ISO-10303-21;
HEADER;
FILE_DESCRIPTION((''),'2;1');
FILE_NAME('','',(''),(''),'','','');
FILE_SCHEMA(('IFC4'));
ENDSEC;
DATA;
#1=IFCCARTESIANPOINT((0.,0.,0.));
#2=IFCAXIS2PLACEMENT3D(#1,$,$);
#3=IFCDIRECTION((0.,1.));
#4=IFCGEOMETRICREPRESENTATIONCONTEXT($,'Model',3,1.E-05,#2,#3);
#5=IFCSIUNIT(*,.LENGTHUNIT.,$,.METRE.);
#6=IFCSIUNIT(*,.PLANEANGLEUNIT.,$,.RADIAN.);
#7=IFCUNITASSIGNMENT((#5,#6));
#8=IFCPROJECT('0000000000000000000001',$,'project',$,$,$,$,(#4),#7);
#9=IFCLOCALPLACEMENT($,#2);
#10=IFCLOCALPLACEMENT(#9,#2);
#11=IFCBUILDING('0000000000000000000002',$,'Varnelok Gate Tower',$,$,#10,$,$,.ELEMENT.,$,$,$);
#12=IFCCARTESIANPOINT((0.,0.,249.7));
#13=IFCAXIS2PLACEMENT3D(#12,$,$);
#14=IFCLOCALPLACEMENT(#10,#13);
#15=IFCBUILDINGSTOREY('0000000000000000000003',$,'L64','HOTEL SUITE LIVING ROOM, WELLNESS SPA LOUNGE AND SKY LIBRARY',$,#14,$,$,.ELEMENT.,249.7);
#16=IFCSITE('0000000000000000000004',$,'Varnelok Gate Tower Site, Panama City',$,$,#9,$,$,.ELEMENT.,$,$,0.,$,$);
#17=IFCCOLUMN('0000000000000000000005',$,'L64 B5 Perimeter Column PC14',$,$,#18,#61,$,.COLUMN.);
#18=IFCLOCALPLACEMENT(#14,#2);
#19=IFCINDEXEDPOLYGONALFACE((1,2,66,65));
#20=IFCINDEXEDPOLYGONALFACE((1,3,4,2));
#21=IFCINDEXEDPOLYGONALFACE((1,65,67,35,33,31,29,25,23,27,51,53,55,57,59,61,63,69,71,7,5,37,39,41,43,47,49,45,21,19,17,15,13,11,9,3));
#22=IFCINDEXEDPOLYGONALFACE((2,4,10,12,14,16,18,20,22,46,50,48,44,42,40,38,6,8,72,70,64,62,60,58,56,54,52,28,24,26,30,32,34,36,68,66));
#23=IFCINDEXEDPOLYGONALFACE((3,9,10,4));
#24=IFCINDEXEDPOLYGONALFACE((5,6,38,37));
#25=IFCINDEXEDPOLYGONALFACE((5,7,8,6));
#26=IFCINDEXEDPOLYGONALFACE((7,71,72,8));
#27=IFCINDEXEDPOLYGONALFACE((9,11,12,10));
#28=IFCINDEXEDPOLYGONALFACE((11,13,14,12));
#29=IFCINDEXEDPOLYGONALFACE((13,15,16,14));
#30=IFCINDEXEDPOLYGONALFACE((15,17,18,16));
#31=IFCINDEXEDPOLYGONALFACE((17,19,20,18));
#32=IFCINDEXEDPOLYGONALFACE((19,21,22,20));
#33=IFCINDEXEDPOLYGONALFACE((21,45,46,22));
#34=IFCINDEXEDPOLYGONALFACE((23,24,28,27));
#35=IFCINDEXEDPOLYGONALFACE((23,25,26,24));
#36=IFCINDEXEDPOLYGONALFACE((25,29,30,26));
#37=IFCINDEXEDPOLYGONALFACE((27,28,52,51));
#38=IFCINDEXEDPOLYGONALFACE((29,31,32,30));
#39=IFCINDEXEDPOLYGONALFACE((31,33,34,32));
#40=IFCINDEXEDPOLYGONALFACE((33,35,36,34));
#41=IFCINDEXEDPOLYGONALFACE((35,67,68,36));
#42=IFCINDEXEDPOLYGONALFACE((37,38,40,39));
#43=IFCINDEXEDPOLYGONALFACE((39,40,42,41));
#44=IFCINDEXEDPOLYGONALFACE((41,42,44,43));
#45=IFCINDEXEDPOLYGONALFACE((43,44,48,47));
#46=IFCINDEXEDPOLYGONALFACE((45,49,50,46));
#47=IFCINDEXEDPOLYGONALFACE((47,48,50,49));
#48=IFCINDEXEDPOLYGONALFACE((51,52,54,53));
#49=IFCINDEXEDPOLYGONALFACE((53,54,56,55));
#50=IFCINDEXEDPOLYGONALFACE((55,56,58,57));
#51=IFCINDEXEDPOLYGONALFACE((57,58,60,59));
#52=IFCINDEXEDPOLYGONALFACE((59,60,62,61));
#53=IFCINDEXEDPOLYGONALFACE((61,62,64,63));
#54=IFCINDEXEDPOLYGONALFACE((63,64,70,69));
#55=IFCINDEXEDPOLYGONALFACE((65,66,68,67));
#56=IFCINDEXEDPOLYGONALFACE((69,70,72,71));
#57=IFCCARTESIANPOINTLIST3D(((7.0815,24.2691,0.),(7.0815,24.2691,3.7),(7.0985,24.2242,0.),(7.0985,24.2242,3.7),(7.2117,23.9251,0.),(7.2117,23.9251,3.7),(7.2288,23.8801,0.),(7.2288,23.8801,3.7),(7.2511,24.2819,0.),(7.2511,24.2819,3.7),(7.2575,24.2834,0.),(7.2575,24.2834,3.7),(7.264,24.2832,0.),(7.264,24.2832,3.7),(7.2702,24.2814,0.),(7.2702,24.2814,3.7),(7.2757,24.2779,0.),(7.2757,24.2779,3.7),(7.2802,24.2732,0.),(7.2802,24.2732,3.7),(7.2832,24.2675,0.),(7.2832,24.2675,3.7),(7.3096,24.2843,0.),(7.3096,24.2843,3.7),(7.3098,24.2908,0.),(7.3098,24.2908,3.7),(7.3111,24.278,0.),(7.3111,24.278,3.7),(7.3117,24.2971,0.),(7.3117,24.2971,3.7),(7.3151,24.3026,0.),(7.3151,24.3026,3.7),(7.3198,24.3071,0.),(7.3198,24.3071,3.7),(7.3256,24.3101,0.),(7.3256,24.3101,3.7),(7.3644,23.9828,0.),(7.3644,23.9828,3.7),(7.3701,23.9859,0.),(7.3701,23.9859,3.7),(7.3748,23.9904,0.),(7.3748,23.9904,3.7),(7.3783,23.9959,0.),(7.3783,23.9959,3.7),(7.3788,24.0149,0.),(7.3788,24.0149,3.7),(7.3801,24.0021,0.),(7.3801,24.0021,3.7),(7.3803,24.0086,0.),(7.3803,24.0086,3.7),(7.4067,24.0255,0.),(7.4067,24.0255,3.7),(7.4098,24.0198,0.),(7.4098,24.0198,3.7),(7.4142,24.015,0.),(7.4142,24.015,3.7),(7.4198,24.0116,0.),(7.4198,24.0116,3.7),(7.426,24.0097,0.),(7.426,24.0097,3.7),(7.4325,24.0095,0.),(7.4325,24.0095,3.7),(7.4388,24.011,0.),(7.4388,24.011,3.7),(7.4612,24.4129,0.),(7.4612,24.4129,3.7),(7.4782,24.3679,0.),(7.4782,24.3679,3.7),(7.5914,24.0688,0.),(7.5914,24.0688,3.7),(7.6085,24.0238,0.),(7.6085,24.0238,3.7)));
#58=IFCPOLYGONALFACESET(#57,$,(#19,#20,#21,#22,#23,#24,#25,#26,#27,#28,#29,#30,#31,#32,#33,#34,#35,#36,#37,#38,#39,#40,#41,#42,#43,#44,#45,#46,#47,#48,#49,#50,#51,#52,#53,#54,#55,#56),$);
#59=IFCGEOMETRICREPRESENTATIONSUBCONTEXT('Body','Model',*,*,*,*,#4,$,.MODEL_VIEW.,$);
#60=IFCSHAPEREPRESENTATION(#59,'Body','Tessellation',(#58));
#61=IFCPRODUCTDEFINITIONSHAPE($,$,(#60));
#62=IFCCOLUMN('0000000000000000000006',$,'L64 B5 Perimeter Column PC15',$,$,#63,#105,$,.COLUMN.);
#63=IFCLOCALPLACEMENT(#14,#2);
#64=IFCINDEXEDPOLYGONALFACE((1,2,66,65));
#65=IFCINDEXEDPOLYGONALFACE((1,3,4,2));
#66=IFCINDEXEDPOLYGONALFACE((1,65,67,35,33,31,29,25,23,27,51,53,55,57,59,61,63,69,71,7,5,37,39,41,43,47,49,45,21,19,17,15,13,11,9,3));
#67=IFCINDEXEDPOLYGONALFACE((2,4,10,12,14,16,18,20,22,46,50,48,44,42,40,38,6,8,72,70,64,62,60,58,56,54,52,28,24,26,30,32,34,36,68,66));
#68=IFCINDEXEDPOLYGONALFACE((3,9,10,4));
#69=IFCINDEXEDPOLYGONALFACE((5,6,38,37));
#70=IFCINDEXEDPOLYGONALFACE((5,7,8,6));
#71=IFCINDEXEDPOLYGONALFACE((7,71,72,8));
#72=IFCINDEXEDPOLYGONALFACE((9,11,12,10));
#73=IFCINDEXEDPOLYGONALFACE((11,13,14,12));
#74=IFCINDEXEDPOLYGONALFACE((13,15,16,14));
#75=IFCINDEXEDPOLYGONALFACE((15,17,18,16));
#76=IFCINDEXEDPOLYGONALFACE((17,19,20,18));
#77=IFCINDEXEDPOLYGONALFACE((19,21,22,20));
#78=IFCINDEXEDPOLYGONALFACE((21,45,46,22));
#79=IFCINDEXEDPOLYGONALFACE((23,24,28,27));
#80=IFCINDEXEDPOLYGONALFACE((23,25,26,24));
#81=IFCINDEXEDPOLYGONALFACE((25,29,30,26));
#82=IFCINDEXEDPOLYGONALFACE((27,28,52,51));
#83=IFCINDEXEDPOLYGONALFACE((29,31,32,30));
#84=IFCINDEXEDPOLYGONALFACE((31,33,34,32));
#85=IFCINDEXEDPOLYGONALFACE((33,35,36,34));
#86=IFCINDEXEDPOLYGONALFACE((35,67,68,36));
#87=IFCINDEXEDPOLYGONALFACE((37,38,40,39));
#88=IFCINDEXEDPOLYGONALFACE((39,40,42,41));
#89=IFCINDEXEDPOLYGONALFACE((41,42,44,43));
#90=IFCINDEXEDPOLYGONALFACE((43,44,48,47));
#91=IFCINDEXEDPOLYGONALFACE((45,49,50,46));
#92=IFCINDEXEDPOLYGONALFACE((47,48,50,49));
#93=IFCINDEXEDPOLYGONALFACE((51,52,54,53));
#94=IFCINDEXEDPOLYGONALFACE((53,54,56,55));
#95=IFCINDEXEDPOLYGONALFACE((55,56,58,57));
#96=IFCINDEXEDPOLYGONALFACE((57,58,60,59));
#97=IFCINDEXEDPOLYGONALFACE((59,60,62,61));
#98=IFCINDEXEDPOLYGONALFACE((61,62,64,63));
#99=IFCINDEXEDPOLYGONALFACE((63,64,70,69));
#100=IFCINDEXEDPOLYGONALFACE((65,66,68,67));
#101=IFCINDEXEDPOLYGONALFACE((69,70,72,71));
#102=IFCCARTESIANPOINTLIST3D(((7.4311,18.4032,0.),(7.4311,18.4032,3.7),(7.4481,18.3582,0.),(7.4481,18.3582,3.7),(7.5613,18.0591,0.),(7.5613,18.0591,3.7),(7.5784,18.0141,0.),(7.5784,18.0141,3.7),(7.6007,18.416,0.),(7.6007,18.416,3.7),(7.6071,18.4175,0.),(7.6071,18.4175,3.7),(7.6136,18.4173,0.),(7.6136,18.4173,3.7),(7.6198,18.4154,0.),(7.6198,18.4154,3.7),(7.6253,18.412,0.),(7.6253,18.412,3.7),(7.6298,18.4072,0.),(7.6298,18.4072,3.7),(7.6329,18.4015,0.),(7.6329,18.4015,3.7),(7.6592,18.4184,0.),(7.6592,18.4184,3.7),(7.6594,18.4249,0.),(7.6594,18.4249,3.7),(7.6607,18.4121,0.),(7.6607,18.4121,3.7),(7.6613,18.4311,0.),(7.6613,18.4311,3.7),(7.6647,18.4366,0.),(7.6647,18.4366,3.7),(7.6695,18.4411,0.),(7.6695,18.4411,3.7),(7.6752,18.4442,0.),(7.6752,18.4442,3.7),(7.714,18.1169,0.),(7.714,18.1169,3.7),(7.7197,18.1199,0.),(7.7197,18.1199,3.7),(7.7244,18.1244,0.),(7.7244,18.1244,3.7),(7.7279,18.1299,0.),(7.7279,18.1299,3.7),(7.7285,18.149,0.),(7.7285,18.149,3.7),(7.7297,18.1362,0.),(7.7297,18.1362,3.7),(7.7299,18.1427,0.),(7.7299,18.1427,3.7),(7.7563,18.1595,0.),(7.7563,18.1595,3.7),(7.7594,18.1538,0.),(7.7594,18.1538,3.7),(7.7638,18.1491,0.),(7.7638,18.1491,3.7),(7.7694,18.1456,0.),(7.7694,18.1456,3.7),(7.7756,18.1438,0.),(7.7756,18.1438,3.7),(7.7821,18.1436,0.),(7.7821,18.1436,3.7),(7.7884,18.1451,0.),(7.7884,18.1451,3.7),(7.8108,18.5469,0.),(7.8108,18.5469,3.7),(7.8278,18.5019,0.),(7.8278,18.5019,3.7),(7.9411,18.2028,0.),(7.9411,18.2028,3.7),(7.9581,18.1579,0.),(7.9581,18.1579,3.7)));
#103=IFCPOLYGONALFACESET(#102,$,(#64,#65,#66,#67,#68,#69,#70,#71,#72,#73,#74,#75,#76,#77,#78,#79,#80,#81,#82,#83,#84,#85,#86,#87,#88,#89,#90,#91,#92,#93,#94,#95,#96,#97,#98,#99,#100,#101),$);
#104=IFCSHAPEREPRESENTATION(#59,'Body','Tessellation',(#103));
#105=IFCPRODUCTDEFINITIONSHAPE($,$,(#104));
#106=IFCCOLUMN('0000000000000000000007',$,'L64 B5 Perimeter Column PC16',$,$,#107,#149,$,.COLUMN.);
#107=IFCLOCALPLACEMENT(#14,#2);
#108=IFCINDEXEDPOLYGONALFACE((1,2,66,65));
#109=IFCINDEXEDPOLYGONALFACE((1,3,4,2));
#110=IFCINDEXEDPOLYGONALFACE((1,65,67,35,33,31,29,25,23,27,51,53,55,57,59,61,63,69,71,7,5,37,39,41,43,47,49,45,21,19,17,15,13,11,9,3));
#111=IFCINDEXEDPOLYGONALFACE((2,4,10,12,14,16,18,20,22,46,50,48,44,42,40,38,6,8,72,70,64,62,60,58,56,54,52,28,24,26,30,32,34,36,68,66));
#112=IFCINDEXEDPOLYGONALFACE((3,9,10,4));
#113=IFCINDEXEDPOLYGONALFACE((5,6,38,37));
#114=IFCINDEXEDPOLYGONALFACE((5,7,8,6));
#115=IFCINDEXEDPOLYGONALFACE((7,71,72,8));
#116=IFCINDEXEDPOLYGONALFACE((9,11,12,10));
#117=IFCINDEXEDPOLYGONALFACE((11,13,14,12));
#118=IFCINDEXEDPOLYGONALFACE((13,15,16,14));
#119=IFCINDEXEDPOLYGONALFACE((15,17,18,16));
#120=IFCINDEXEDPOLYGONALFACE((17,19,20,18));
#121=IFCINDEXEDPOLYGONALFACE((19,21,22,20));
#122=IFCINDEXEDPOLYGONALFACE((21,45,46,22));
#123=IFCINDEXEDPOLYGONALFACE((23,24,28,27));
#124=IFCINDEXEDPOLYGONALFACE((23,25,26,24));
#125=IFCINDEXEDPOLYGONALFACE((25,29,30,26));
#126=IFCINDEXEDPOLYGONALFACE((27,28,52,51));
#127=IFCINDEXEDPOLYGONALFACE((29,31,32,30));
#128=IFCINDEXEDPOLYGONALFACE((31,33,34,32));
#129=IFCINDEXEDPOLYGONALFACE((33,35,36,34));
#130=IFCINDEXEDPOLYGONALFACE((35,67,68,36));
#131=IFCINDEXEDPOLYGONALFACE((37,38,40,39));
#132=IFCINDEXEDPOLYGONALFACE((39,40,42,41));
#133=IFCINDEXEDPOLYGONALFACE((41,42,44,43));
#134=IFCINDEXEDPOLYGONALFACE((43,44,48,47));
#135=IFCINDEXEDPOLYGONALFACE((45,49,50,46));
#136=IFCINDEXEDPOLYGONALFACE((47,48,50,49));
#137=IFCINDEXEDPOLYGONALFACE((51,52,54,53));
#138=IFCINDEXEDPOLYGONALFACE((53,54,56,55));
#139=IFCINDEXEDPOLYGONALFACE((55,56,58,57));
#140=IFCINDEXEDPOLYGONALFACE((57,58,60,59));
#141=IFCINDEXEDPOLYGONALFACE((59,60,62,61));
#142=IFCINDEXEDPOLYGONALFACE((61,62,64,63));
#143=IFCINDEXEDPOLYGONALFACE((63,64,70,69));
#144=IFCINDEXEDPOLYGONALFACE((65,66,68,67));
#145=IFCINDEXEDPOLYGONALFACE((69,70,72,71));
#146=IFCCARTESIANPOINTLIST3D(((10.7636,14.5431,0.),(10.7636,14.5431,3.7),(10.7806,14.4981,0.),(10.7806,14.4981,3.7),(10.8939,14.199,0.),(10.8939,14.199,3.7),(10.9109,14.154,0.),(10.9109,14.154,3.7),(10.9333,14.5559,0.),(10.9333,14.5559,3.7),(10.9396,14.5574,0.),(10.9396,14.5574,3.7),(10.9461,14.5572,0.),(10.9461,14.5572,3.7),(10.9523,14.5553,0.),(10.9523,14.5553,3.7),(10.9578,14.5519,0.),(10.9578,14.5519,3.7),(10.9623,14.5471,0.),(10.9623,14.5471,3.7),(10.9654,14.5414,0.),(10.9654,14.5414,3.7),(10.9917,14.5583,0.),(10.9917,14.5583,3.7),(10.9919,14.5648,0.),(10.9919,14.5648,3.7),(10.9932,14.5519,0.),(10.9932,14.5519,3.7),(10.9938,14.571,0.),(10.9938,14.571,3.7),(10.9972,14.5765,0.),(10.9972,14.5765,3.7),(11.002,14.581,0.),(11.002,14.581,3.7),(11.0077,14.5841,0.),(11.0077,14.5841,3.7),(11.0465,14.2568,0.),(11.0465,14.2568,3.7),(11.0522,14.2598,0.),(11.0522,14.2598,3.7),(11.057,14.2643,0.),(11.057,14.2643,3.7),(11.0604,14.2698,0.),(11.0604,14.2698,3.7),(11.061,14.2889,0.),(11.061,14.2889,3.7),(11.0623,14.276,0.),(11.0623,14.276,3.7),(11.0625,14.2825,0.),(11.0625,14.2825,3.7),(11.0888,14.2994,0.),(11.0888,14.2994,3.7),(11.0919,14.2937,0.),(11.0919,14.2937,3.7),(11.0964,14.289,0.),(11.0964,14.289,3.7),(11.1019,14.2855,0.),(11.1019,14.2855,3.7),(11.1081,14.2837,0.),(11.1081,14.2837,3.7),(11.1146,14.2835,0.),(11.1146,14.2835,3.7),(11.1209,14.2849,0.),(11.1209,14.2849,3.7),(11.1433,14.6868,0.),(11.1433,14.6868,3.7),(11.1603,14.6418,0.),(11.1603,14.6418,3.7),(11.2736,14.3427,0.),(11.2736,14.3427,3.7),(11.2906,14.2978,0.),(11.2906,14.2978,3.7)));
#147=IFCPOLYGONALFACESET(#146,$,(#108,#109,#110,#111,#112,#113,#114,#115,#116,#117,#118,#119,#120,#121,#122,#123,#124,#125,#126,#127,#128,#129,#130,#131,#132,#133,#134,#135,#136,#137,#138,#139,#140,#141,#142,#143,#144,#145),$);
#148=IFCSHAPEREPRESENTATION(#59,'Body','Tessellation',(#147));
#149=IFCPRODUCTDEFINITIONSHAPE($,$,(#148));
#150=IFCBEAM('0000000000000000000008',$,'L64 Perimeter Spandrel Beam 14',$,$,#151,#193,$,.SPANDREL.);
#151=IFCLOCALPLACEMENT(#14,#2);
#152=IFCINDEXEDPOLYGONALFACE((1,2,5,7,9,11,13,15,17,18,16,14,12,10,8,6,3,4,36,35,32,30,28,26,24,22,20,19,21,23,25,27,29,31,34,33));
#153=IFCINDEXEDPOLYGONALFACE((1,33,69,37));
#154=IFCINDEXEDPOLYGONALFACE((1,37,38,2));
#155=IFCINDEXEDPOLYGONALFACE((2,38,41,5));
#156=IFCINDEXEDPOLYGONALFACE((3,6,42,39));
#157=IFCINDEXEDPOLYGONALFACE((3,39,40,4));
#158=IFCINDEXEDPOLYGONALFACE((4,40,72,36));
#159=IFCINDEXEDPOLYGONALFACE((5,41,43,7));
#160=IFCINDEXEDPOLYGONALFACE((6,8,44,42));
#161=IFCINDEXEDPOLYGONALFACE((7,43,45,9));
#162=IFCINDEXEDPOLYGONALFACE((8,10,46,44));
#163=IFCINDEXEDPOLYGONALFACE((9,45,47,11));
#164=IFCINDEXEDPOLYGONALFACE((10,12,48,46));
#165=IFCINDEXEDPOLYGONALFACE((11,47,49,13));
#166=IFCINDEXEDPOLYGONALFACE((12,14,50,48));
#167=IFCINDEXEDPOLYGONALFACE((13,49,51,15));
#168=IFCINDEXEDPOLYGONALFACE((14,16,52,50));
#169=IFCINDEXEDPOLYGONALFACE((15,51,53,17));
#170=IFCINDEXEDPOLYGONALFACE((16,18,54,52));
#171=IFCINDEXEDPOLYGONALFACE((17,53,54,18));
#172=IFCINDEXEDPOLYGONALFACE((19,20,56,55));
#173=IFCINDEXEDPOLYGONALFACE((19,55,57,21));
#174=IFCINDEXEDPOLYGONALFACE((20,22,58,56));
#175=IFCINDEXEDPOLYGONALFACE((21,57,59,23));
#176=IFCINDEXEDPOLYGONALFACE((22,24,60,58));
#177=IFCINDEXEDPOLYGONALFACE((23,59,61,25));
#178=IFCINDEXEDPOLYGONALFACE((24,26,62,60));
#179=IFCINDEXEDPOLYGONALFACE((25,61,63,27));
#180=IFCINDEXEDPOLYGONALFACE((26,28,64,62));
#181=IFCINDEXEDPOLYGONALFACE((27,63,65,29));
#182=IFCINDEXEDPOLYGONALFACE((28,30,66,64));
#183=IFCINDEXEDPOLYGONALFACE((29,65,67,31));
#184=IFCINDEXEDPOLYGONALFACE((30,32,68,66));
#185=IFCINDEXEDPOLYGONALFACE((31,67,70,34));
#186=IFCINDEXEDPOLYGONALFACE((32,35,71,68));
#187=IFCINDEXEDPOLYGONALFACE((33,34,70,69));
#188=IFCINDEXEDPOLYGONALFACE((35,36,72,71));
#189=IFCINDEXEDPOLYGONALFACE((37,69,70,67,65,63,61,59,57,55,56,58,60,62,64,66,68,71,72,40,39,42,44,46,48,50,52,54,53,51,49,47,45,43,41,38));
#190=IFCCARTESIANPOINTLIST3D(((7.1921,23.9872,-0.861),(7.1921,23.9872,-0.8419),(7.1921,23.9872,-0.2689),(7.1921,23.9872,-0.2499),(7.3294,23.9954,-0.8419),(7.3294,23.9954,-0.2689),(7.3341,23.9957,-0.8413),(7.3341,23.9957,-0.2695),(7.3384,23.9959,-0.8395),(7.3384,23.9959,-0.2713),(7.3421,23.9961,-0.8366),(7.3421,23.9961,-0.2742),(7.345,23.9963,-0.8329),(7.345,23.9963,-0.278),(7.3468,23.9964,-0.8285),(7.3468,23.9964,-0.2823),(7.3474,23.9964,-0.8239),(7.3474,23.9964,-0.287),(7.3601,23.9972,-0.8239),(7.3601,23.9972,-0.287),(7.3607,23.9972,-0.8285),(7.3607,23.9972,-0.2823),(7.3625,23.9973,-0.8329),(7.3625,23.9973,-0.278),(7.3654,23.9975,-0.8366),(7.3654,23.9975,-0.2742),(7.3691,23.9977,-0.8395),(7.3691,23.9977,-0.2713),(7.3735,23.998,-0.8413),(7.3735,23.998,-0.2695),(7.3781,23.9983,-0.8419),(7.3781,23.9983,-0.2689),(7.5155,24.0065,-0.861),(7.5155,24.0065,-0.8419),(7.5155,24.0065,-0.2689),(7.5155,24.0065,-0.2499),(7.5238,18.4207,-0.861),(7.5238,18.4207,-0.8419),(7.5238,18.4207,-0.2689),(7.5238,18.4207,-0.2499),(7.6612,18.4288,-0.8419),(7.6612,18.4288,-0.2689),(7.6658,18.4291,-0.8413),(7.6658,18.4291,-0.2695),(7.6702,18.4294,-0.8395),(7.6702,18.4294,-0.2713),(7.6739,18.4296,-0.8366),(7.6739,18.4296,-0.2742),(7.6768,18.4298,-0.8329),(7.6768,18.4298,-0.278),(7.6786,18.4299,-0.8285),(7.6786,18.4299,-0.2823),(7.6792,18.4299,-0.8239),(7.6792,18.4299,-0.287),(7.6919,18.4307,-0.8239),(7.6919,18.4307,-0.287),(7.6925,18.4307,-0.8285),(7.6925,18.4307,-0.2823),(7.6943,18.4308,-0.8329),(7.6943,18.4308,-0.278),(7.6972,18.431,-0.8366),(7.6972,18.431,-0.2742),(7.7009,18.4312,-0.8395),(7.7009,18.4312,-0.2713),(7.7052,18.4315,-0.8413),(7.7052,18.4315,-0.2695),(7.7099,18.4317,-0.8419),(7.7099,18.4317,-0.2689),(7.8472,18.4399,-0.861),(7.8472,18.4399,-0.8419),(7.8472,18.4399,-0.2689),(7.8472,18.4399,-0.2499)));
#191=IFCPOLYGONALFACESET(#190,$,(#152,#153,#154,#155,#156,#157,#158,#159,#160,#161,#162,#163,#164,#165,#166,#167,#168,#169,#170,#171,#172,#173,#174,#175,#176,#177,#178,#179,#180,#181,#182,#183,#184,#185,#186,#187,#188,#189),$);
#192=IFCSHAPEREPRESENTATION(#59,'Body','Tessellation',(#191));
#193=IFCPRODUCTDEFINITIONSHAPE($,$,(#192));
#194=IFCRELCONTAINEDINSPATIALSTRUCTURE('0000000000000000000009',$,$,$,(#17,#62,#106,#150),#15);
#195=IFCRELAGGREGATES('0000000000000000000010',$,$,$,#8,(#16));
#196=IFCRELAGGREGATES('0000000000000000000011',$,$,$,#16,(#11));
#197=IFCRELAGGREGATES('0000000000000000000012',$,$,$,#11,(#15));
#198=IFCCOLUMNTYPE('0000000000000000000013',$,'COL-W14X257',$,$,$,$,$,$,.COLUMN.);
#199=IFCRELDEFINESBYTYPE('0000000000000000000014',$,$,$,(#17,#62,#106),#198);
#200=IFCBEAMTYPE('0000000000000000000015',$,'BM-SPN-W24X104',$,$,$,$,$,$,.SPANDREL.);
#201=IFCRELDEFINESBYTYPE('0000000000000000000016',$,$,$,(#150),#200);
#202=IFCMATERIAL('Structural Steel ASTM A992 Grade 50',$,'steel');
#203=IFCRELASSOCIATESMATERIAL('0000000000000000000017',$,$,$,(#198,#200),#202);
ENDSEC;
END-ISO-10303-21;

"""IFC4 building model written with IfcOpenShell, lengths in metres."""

from ifc_helpers import new_model, si_unit, direction, frame, origin, origin_2d, place, context, subcontext, project, spatial, i_section, extrude, material, material_profile, profile_set, type_object, element, save


model = new_model("IFC4")

# Units and contexts
model_context = context("Model", 3, precision=1e-05, world=origin(), true_north=direction((0.0, 1.0)))
body_context = subcontext(model_context, "Body", "Model", "MODEL_VIEW")
ifc_project = project(units=[si_unit("LENGTHUNIT", "METRE"), si_unit("PLANEANGLEUNIT", "RADIAN")], contexts=[model_context])

# Site, building, storey
site_placement = place(None, origin())
site = spatial("IfcSite", under=ifc_project, at=site_placement, Name="Varnelok Gate Tower Site, Panama City", CompositionType="ELEMENT", RefElevation=0.0)
building_placement = place(site_placement, origin())
building = spatial("IfcBuilding", under=site, at=building_placement, Name="Varnelok Gate Tower", CompositionType="ELEMENT")
storey_placement = place(building_placement, frame((0.0, 0.0, 249.7)))
storey = spatial("IfcBuildingStorey", under=building, at=storey_placement, Name="L64", Description="HOTEL SUITE LIVING ROOM, WELLNESS SPA LOUNGE AND SKY LIBRARY", CompositionType="ELEMENT", Elevation=249.7)

# Columns
ifc_material_1 = material(Name="Structural Steel ASTM A992 Grade 50", Category="steel")
ifc_material_profile_1 = material_profile(ifc_material_1, i_section(OverallWidth=0.406, OverallDepth=0.416, WebThickness=0.0298, FlangeThickness=0.0481, FilletRadius=0.0249, at=origin_2d()), Name="W14X257")
ifc_profile_set_1 = profile_set([ifc_material_profile_1], Name="Structural Steel ASTM A992 Grade 50")
column_type = type_object("IfcColumnType", Name="COL-W14X257", PredefinedType="COLUMN", material=ifc_profile_set_1)
for number, where, z_axis, x_axis, name in (
    (1, (7.345, 24.1465, 0.0), (0.0, 0.0, 1.0), (0.935222, 0.354063, 0.0), "L64 B5 Perimeter Column PC14"),
    (2, (7.6946, 18.2805, 0.0), (0.0, 0.0, 1.0), (0.935222, 0.354063, 0.0), "L64 B5 Perimeter Column PC15"),
    (3, (11.0271, 14.4204, 0.0), (0.0, 0.0, 1.0), (0.935222, 0.354063, 0.0), "L64 B5 Perimeter Column PC16"),
):
    element("IfcColumn", number, at=place(storey_placement, frame(where, z_axis=z_axis, x_axis=x_axis)), inside=storey, type_object=column_type, Name=name, PredefinedType="COLUMN", context=body_context, shape_type="SweptSolid", body=[
        extrude(i_section(OverallWidth=0.406, OverallDepth=0.416, WebThickness=0.0298, FlangeThickness=0.0481, FilletRadius=0.0249, at=origin_2d()), origin(), (0.0, 0.0, 1.0), 3.7),
    ])

# Beam
ifc_material_profile_2 = material_profile(ifc_material_1, i_section(OverallWidth=0.324, OverallDepth=0.6111, WebThickness=0.0127, FlangeThickness=0.019, FilletRadius=0.0181, at=origin_2d()), Name="W24X104")
ifc_profile_set_2 = profile_set([ifc_material_profile_2], Name="Structural Steel ASTM A992 Grade 50")
beam_type = type_object("IfcBeamType", Name="BM-SPN-W24X104", PredefinedType="SPANDREL", material=ifc_profile_set_2)
beam_1_placement = place(storey_placement, frame((7.3538, 23.9968, -0.5554), z_axis=(0.059497, -0.998228, 0.0), x_axis=(0.998228, 0.059497, 0.0)))
element("IfcBeam", 4, at=beam_1_placement, inside=storey, type_object=beam_type, Name="L64 Perimeter Spandrel Beam 14", PredefinedType="SPANDREL", context=body_context, shape_type="SweptSolid", body=[
    extrude(i_section(OverallWidth=0.324, OverallDepth=0.6111, WebThickness=0.0127, FlangeThickness=0.019, FilletRadius=0.0181, at=origin_2d()), origin(), (0.0, 0.0, 1.0), 5.5764),
])

save(model, "model.ifc")
